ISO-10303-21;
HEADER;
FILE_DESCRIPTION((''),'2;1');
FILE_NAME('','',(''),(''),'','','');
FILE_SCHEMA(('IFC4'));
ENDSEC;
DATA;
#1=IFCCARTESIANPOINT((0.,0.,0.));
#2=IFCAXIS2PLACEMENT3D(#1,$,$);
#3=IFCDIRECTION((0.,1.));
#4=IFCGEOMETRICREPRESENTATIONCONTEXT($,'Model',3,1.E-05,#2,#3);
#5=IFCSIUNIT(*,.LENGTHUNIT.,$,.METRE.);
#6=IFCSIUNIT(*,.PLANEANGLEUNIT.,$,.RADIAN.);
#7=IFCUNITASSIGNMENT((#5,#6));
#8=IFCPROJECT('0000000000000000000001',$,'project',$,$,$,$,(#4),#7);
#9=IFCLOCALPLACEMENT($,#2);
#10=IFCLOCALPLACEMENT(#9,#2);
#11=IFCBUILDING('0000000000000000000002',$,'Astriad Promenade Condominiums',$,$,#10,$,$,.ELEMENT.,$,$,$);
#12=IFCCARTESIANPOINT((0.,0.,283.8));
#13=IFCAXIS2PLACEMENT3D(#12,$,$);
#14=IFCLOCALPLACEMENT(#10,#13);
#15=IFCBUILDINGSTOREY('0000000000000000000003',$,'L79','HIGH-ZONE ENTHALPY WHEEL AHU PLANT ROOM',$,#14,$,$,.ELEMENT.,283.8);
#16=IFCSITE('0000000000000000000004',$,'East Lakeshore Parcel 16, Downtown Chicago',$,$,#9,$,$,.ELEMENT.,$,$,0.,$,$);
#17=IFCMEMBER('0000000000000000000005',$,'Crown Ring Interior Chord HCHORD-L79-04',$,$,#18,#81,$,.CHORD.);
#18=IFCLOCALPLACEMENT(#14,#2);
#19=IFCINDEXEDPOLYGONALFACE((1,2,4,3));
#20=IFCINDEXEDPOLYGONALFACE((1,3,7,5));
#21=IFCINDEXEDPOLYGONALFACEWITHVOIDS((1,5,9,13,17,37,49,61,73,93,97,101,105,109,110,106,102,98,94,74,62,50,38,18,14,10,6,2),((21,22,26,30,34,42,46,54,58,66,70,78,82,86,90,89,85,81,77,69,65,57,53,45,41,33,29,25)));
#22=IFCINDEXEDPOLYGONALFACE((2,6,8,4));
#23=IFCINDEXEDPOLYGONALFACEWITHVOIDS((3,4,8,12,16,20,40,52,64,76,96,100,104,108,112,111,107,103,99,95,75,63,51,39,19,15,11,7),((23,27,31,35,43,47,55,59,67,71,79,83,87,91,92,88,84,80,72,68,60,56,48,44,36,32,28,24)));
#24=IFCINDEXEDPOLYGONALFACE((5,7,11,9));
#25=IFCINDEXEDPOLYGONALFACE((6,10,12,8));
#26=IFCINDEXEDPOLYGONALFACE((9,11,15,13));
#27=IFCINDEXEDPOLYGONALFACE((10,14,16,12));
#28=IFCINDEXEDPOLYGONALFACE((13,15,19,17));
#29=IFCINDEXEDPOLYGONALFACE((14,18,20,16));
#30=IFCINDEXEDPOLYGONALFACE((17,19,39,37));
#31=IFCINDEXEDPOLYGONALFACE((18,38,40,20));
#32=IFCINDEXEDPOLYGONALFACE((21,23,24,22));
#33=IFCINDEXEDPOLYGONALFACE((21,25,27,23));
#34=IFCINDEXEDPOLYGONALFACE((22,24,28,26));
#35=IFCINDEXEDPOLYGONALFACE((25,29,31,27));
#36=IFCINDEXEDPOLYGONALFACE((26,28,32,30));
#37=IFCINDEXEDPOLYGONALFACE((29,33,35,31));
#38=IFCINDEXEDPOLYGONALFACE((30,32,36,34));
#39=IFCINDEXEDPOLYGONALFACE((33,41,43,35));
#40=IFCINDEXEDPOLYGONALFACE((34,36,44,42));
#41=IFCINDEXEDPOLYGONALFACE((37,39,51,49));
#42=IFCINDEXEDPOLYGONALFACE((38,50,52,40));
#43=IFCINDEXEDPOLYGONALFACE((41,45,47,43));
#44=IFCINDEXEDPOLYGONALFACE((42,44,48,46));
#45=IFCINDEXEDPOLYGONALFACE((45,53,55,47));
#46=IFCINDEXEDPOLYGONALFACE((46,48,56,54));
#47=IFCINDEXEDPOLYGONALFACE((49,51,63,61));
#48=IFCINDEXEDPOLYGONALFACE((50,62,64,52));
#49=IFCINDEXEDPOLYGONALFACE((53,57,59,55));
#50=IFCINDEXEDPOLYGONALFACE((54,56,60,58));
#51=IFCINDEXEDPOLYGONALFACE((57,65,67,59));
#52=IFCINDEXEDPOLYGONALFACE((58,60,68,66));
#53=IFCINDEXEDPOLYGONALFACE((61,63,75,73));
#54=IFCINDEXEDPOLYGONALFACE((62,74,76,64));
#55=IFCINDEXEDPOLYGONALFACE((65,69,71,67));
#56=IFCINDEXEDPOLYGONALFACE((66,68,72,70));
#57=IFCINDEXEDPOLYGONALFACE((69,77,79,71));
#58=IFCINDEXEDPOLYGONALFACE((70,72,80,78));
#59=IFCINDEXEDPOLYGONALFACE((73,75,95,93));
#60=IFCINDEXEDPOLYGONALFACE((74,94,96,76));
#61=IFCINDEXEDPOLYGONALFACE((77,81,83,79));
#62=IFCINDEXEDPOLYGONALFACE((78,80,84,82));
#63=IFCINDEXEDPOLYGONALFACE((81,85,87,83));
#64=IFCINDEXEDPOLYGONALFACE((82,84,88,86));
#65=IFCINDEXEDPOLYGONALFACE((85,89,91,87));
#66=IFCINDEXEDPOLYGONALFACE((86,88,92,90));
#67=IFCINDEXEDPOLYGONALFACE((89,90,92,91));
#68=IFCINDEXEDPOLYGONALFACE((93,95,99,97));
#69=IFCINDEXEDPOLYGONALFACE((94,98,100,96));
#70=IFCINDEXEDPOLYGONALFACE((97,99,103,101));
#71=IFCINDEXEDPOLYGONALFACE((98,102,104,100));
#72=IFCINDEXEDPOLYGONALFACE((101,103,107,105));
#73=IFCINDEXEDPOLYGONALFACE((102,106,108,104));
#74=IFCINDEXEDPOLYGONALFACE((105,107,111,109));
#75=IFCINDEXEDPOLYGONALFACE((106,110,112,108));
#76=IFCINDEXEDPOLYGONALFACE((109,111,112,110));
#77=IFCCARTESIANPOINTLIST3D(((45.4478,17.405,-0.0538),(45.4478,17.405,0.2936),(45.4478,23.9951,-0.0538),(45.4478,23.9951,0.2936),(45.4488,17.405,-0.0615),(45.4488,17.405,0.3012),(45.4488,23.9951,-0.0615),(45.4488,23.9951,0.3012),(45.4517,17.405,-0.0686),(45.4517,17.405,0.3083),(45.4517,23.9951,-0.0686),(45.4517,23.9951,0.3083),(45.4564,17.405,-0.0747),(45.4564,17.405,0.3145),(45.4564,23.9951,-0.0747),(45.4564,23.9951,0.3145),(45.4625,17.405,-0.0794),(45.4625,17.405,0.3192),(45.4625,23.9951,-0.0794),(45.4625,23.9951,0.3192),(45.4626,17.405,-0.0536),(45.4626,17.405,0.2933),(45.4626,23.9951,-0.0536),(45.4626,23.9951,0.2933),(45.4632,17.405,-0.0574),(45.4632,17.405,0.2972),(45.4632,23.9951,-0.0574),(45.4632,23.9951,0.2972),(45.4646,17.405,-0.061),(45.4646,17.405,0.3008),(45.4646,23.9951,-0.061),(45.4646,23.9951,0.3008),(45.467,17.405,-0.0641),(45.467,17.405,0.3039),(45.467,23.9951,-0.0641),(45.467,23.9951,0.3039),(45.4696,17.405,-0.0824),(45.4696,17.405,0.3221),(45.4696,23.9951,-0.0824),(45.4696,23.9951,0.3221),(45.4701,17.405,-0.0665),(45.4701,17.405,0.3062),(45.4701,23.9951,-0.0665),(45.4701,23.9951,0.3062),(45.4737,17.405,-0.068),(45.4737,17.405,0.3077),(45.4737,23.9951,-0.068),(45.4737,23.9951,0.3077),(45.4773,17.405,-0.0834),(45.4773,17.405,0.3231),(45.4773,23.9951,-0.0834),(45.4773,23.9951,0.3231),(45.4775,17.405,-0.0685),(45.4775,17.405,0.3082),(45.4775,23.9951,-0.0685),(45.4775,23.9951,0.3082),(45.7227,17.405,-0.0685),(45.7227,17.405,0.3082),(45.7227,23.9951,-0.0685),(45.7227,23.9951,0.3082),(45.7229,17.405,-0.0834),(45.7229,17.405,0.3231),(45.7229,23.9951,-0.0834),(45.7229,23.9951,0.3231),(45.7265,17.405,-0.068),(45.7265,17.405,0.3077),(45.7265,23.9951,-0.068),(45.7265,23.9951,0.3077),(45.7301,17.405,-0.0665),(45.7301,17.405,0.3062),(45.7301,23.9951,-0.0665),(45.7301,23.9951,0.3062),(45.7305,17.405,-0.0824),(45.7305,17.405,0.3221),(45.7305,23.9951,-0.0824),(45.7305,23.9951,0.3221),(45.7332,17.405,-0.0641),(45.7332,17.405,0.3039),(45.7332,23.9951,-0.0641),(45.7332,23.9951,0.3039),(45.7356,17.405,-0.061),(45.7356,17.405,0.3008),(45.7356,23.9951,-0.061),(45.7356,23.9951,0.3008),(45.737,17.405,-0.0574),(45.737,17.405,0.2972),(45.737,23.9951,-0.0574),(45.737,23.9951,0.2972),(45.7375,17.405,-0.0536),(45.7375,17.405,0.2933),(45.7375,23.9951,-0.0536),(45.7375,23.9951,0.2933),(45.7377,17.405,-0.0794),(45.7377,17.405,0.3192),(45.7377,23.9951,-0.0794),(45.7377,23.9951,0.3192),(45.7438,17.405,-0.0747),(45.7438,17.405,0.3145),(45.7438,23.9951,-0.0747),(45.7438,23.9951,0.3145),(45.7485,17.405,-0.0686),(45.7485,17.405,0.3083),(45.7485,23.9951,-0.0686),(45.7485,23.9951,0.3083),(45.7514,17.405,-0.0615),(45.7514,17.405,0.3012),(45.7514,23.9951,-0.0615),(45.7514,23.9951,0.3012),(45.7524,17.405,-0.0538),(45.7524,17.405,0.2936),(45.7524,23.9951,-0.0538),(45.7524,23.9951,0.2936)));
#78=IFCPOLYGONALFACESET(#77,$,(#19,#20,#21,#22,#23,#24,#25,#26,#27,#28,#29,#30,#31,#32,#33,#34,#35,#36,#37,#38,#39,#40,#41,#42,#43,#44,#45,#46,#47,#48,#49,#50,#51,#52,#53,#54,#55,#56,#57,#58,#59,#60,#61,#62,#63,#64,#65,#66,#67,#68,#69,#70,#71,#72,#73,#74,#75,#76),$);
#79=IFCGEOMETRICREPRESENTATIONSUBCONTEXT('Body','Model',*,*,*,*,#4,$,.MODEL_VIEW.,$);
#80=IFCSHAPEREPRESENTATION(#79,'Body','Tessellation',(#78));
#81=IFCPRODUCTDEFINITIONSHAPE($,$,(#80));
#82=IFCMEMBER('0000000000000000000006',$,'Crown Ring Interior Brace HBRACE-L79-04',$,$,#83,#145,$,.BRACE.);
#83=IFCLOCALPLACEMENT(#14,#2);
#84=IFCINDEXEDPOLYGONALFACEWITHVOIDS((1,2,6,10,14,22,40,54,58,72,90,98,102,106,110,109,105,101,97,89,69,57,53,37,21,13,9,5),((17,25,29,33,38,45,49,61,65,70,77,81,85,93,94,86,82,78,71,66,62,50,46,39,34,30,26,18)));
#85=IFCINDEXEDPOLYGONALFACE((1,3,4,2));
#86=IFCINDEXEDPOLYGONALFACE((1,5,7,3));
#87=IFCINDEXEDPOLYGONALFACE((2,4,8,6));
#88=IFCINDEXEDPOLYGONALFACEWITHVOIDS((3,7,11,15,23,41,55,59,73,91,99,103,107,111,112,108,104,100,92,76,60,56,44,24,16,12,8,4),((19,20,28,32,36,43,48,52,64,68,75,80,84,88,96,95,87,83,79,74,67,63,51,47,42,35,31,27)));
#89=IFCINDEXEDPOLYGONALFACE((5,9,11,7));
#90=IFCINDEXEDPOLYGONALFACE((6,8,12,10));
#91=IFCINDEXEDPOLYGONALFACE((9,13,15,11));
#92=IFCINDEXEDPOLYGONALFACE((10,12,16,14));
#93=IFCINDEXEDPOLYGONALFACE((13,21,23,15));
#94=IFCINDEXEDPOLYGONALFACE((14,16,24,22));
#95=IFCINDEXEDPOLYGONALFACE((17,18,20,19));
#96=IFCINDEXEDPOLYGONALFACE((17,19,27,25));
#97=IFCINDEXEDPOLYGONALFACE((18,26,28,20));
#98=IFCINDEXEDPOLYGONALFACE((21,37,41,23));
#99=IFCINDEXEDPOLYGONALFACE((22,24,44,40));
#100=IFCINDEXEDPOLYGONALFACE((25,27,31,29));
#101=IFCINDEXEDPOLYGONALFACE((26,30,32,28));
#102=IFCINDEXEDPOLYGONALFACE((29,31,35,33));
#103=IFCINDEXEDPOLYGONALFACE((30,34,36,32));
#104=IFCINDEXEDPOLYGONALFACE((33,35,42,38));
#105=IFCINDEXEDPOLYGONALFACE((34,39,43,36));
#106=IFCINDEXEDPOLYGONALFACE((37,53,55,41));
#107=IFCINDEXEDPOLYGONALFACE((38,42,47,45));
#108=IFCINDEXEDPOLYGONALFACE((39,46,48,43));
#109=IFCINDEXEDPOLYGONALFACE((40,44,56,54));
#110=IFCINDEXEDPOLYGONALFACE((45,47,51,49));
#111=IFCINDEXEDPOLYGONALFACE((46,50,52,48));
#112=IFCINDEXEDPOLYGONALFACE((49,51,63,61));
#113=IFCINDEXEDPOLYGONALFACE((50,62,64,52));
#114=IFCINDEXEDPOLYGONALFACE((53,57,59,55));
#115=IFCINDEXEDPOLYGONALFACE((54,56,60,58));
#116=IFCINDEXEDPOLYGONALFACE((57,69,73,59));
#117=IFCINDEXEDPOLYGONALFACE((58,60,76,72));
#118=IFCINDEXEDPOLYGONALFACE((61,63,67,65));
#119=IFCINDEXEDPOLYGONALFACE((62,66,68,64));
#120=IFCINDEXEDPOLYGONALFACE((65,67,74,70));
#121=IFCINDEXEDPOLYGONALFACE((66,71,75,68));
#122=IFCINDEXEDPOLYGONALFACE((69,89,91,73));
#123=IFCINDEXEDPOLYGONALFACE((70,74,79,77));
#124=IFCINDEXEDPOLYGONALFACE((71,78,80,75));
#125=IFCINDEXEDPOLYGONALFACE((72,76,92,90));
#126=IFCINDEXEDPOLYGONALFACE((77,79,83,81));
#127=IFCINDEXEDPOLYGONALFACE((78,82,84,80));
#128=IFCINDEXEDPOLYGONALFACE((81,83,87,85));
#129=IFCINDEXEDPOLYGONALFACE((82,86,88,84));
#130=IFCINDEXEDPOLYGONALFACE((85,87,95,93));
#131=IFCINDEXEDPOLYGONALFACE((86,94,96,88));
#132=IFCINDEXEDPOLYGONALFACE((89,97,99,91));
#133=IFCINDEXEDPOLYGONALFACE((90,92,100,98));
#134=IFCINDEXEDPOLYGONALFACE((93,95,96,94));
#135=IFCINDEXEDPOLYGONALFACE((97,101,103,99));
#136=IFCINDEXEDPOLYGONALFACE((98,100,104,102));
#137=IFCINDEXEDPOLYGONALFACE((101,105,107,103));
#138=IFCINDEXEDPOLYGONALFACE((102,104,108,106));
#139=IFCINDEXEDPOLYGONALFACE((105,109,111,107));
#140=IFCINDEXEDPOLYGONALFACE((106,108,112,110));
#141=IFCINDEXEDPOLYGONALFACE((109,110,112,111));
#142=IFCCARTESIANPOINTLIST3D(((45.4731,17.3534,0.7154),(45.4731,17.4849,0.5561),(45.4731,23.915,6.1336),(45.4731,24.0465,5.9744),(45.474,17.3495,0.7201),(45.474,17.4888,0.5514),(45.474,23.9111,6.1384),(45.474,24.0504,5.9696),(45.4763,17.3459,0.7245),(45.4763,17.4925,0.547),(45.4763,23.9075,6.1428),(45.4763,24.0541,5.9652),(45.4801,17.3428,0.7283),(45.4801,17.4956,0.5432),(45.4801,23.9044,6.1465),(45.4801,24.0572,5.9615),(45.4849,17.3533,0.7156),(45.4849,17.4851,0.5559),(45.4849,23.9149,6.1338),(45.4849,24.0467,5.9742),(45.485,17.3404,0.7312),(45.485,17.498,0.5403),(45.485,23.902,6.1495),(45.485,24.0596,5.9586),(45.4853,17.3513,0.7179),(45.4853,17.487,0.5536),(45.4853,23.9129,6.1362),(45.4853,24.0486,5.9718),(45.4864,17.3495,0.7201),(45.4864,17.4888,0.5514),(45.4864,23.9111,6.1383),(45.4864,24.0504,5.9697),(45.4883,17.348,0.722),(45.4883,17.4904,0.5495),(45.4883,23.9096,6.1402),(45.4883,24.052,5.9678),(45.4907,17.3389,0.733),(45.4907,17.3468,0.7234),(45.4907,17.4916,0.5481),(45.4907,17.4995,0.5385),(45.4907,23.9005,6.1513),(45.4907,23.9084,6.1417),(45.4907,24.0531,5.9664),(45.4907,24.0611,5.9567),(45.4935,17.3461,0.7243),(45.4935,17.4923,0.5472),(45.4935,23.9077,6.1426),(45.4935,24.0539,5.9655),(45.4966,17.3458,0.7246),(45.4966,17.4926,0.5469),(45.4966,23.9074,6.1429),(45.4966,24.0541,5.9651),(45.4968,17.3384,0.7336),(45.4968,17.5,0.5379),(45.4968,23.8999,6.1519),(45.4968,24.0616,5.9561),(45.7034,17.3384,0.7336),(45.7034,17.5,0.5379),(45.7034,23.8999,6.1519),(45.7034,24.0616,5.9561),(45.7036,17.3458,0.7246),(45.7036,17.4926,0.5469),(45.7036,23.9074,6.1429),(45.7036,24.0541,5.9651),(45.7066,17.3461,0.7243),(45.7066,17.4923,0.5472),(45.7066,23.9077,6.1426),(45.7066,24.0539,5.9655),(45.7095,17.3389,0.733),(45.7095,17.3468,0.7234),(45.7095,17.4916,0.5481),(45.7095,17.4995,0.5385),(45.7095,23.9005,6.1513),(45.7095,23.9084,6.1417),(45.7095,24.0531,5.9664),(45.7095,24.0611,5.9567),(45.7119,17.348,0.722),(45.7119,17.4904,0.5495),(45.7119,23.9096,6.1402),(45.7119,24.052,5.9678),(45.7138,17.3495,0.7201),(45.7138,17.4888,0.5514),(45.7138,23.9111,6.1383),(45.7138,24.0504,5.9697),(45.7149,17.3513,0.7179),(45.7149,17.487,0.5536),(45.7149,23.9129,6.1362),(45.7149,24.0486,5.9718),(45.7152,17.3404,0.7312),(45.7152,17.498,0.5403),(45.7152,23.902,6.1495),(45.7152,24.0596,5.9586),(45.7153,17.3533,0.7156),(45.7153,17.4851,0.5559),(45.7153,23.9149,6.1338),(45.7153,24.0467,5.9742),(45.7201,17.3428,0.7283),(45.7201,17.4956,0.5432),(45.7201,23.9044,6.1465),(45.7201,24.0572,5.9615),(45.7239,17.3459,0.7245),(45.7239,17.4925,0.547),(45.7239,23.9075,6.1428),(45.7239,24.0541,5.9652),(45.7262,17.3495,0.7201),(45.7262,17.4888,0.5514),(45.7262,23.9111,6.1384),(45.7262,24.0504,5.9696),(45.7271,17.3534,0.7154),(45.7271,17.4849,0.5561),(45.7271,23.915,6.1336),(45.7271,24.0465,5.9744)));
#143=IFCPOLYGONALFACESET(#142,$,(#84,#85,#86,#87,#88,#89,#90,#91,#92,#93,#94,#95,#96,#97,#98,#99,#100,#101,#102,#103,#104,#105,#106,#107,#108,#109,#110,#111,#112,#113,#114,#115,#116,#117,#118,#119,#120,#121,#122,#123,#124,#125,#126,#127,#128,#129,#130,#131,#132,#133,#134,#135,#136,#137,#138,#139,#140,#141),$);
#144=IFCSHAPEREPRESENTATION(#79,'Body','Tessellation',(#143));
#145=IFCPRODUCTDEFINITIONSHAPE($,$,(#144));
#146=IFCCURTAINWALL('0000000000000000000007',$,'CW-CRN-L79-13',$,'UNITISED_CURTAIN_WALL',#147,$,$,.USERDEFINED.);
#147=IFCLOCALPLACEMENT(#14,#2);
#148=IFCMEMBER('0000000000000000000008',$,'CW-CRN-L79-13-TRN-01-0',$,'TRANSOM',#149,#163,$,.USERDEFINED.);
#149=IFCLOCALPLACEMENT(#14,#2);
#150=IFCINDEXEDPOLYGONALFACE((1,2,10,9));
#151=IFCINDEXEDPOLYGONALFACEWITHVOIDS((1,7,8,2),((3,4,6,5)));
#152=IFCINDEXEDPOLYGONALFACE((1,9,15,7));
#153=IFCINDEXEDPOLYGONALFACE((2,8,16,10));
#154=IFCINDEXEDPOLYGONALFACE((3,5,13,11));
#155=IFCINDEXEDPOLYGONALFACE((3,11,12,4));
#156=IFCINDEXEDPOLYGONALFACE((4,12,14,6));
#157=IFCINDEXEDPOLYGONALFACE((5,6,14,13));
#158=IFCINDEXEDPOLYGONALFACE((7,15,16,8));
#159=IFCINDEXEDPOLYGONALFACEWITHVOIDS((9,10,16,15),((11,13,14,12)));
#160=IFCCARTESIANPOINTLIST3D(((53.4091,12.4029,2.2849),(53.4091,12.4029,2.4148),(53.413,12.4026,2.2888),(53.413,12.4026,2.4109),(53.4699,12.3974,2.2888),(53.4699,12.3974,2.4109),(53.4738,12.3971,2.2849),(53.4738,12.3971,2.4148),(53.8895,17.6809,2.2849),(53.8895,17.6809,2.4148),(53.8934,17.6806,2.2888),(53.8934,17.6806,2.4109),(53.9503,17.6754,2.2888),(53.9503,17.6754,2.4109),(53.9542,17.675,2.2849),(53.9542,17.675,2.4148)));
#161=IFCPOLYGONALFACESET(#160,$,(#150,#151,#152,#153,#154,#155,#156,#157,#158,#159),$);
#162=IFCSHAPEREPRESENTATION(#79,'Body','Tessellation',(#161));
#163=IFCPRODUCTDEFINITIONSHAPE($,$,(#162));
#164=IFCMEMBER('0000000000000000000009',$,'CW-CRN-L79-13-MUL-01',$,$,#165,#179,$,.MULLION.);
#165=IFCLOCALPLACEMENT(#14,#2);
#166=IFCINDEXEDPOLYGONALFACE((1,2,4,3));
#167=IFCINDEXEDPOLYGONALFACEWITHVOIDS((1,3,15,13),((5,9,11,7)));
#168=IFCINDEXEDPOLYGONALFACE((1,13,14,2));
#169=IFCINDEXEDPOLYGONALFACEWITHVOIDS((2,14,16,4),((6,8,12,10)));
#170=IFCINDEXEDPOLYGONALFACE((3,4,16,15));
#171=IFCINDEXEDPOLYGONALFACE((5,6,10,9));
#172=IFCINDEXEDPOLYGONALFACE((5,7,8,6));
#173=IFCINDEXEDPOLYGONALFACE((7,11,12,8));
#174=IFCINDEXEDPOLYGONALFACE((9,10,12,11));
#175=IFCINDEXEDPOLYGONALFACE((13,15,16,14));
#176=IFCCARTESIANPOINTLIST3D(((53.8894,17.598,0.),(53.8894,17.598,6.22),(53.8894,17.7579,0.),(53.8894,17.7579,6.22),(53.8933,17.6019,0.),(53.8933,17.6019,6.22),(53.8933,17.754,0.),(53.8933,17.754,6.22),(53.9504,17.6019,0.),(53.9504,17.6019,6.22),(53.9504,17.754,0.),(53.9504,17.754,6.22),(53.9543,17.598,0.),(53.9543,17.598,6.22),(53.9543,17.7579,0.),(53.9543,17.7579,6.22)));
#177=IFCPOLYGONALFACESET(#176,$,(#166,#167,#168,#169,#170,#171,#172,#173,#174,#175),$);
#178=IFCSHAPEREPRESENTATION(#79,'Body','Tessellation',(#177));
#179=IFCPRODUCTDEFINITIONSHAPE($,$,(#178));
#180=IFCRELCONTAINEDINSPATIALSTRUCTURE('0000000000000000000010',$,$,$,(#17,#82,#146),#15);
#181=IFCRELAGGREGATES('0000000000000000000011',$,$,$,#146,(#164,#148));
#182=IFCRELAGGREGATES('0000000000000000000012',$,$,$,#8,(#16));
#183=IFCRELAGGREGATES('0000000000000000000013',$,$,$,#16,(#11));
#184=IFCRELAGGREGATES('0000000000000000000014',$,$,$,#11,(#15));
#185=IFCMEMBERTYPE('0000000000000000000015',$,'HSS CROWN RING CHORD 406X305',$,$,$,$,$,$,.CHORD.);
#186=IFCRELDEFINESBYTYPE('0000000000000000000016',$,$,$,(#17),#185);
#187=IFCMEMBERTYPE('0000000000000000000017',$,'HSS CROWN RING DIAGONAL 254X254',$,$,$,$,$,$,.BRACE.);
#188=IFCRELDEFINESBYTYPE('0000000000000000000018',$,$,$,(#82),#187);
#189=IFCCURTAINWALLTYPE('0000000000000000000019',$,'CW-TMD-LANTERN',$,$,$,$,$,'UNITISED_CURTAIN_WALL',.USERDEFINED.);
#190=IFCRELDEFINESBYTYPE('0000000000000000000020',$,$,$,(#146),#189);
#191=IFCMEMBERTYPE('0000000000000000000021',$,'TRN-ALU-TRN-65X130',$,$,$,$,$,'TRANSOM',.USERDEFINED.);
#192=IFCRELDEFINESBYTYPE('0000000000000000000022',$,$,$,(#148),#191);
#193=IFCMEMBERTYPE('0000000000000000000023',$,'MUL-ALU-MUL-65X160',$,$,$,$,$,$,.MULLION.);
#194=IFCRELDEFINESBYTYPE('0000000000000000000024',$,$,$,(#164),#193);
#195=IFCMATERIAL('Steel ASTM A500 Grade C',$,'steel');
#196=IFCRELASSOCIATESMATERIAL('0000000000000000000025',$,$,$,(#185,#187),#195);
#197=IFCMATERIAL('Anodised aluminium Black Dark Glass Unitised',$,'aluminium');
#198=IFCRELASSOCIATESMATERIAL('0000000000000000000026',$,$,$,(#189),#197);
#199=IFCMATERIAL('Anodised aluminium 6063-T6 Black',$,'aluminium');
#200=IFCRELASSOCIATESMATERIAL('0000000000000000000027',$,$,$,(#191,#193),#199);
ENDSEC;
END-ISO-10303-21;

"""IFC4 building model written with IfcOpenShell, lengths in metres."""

from ifc_helpers import new_model, si_unit, direction, frame, origin, origin_2d, place, context, subcontext, project, spatial, hollow_rectangle, extrude, source, transform, mapped, material, material_profile, profile_set, type_object, type_shapes, element, aggregate, save


model = new_model("IFC4")

# Units and contexts
model_context = context("Model", 3, precision=1e-05, world=origin(), true_north=direction((0.0, 1.0)))
body_context = subcontext(model_context, "Body", "Model", "MODEL_VIEW")
ifc_project = project(units=[si_unit("LENGTHUNIT", "METRE"), si_unit("PLANEANGLEUNIT", "RADIAN")], contexts=[model_context])

# Site, building, storey
site_placement = place(None, origin())
site = spatial("IfcSite", under=ifc_project, at=site_placement, Name="East Lakeshore Parcel 16, Downtown Chicago", CompositionType="ELEMENT", RefElevation=0.0)
building_placement = place(site_placement, origin())
building = spatial("IfcBuilding", under=site, at=building_placement, Name="Astriad Promenade Condominiums", CompositionType="ELEMENT")
storey_placement = place(building_placement, frame((0.0, 0.0, 283.8)))
storey = spatial("IfcBuildingStorey", under=building, at=storey_placement, Name="L79", Description="HIGH-ZONE ENTHALPY WHEEL AHU PLANT ROOM", CompositionType="ELEMENT", Elevation=283.8)

# Members
ifc_material_1 = material(Name="Steel ASTM A500 Grade C", Category="steel")
ifc_material_profile_1 = material_profile(ifc_material_1, hollow_rectangle(XDim=0.3047, YDim=0.4065, WallThickness=0.0149, InnerFilletRadius=0.0149, OuterFilletRadius=0.0295, at=origin_2d()), Name="HSS406X305X15.9")
ifc_profile_set_1 = profile_set([ifc_material_profile_1], Name="Steel ASTM A500 Grade C")
member_type_1 = type_object("IfcMemberType", Name="HSS CROWN RING CHORD 406X305", PredefinedType="CHORD", material=ifc_profile_set_1)
shared_shape_1 = source(origin(), body_context, "Body", "SweptSolid", [
    extrude(hollow_rectangle(XDim=0.3047, YDim=0.4065, WallThickness=0.0149, InnerFilletRadius=0.0149, OuterFilletRadius=0.0295, at=origin_2d()), origin(), (0.0, 0.0, 1.0), 6.5901),
])
type_shapes(member_type_1, [shared_shape_1])
member_1_placement = place(storey_placement, frame((45.6001, 17.405, 0.1199), z_axis=(0.0, 1.0, 0.0), x_axis=(-1.0, 0.0, 0.0)))
element("IfcMember", 1, at=member_1_placement, inside=storey, type_object=member_type_1, Name="Crown Ring Interior Chord HCHORD-L79-04", PredefinedType="CHORD", context=body_context, shape_type="MappedRepresentation", body=[
    mapped(shared_shape_1, transform((0.0, 0.0, 0.0), scale=1.0)),
])
ifc_material_profile_2 = material_profile(ifc_material_1, hollow_rectangle(XDim=0.2539, YDim=0.2539, WallThickness=0.0117, InnerFilletRadius=0.0117, OuterFilletRadius=0.0237, at=origin_2d()), Name="HSS254X254X12.7")
ifc_profile_set_2 = profile_set([ifc_material_profile_2], Name="Steel ASTM A500 Grade C")
member_type_2 = type_object("IfcMemberType", Name="HSS CROWN RING DIAGONAL 254X254", PredefinedType="BRACE", material=ifc_profile_set_2)
shared_shape_2 = source(origin(), body_context, "Body", "SweptSolid", [
    extrude(hollow_rectangle(XDim=0.2539, YDim=0.2539, WallThickness=0.0117, InnerFilletRadius=0.0117, OuterFilletRadius=0.0237, at=origin_2d()), origin(), (0.0, 0.0, 1.0), 8.5095),
])
type_shapes(member_type_2, [shared_shape_2])
member_2_placement = place(storey_placement, frame((45.6001, 17.4192, 0.6357), z_axis=(0.0, 0.771087, 0.636729), x_axis=(-1.0, 0.0, 0.0)))
element("IfcMember", 2, at=member_2_placement, inside=storey, type_object=member_type_2, Name="Crown Ring Interior Brace HBRACE-L79-04", PredefinedType="BRACE", context=body_context, shape_type="MappedRepresentation", body=[
    mapped(shared_shape_2, transform((0.0, 0.0, 0.0), scale=1.0)),
])

# Curtain wall, members
ifc_material_2 = material(Name="Anodised aluminium Black Dark Glass Unitised", Category="aluminium")
curtain_wall_type = type_object("IfcCurtainWallType", Name="CW-TMD-LANTERN", ElementType="UNITISED_CURTAIN_WALL", PredefinedType="USERDEFINED", material=ifc_material_2)
curtain_wall_1_placement = place(storey_placement, origin())
curtain_wall_1 = element("IfcCurtainWall", 3, at=curtain_wall_1_placement, inside=storey, type_object=curtain_wall_type, Name="CW-CRN-L79-13", ObjectType="UNITISED_CURTAIN_WALL", PredefinedType="USERDEFINED")
ifc_material_3 = material(Name="Anodised aluminium 6063-T6 Black", Category="aluminium")
ifc_material_profile_3 = material_profile(ifc_material_3, hollow_rectangle(XDim=0.0649, YDim=0.1299, WallThickness=0.0039, at=origin_2d()), Name="ALU-TRN-65X130")
ifc_profile_set_3 = profile_set([ifc_material_profile_3], Name="Anodised aluminium 6063-T6 Black")
member_type_3 = type_object("IfcMemberType", Name="TRN-ALU-TRN-65X130", ElementType="TRANSOM", PredefinedType="USERDEFINED", material=ifc_profile_set_3)
shared_shape_3 = source(origin(), body_context, "Body", "SweptSolid", [
    extrude(hollow_rectangle(XDim=0.0649, YDim=0.1299, WallThickness=0.0039, at=origin_2d()), origin(), (0.0, 0.0, 1.0), 5.2998),
])
member_3_placement = place(storey_placement, frame((53.9219, 17.678, 2.3499), z_axis=(-0.090656, -0.995882, 0.0), x_axis=(0.995882, -0.090656, 0.0)))
member_3 = element("IfcMember", 4, at=member_3_placement, type_object=member_type_3, Name="CW-CRN-L79-13-TRN-01-0", ObjectType="TRANSOM", PredefinedType="USERDEFINED", context=body_context, shape_type="MappedRepresentation", body=[
    mapped(shared_shape_3, transform((0.0, 0.0, 0.0), scale=1.0)),
])
ifc_material_profile_4 = material_profile(ifc_material_3, hollow_rectangle(XDim=0.0649, YDim=0.1599, WallThickness=0.0039, at=origin_2d()), Name="ALU-MUL-65X160")
ifc_profile_set_4 = profile_set([ifc_material_profile_4], Name="Anodised aluminium 6063-T6 Black")
member_type_4 = type_object("IfcMemberType", Name="MUL-ALU-MUL-65X160", PredefinedType="MULLION", material=ifc_profile_set_4)
shared_shape_4 = source(origin(), body_context, "Body", "SweptSolid", [
    extrude(hollow_rectangle(XDim=0.0649, YDim=0.1599, WallThickness=0.0039, at=origin_2d()), origin(), (0.0, 0.0, 1.0), 6.22),
])
type_shapes(member_type_4, [shared_shape_4])
member_4_placement = place(storey_placement, frame((53.9219, 17.678, 0.0), z_axis=(0.0, 0.0, 1.0), x_axis=(1.0, 0.0, 0.0)))
member_4 = element("IfcMember", 5, at=member_4_placement, type_object=member_type_4, Name="CW-CRN-L79-13-MUL-01", PredefinedType="MULLION", context=body_context, shape_type="MappedRepresentation", body=[
    mapped(shared_shape_4, transform((0.0, 0.0, 0.0), scale=1.0)),
])

aggregate(curtain_wall_1, [member_4, member_3])

save(model, "model.ifc")
